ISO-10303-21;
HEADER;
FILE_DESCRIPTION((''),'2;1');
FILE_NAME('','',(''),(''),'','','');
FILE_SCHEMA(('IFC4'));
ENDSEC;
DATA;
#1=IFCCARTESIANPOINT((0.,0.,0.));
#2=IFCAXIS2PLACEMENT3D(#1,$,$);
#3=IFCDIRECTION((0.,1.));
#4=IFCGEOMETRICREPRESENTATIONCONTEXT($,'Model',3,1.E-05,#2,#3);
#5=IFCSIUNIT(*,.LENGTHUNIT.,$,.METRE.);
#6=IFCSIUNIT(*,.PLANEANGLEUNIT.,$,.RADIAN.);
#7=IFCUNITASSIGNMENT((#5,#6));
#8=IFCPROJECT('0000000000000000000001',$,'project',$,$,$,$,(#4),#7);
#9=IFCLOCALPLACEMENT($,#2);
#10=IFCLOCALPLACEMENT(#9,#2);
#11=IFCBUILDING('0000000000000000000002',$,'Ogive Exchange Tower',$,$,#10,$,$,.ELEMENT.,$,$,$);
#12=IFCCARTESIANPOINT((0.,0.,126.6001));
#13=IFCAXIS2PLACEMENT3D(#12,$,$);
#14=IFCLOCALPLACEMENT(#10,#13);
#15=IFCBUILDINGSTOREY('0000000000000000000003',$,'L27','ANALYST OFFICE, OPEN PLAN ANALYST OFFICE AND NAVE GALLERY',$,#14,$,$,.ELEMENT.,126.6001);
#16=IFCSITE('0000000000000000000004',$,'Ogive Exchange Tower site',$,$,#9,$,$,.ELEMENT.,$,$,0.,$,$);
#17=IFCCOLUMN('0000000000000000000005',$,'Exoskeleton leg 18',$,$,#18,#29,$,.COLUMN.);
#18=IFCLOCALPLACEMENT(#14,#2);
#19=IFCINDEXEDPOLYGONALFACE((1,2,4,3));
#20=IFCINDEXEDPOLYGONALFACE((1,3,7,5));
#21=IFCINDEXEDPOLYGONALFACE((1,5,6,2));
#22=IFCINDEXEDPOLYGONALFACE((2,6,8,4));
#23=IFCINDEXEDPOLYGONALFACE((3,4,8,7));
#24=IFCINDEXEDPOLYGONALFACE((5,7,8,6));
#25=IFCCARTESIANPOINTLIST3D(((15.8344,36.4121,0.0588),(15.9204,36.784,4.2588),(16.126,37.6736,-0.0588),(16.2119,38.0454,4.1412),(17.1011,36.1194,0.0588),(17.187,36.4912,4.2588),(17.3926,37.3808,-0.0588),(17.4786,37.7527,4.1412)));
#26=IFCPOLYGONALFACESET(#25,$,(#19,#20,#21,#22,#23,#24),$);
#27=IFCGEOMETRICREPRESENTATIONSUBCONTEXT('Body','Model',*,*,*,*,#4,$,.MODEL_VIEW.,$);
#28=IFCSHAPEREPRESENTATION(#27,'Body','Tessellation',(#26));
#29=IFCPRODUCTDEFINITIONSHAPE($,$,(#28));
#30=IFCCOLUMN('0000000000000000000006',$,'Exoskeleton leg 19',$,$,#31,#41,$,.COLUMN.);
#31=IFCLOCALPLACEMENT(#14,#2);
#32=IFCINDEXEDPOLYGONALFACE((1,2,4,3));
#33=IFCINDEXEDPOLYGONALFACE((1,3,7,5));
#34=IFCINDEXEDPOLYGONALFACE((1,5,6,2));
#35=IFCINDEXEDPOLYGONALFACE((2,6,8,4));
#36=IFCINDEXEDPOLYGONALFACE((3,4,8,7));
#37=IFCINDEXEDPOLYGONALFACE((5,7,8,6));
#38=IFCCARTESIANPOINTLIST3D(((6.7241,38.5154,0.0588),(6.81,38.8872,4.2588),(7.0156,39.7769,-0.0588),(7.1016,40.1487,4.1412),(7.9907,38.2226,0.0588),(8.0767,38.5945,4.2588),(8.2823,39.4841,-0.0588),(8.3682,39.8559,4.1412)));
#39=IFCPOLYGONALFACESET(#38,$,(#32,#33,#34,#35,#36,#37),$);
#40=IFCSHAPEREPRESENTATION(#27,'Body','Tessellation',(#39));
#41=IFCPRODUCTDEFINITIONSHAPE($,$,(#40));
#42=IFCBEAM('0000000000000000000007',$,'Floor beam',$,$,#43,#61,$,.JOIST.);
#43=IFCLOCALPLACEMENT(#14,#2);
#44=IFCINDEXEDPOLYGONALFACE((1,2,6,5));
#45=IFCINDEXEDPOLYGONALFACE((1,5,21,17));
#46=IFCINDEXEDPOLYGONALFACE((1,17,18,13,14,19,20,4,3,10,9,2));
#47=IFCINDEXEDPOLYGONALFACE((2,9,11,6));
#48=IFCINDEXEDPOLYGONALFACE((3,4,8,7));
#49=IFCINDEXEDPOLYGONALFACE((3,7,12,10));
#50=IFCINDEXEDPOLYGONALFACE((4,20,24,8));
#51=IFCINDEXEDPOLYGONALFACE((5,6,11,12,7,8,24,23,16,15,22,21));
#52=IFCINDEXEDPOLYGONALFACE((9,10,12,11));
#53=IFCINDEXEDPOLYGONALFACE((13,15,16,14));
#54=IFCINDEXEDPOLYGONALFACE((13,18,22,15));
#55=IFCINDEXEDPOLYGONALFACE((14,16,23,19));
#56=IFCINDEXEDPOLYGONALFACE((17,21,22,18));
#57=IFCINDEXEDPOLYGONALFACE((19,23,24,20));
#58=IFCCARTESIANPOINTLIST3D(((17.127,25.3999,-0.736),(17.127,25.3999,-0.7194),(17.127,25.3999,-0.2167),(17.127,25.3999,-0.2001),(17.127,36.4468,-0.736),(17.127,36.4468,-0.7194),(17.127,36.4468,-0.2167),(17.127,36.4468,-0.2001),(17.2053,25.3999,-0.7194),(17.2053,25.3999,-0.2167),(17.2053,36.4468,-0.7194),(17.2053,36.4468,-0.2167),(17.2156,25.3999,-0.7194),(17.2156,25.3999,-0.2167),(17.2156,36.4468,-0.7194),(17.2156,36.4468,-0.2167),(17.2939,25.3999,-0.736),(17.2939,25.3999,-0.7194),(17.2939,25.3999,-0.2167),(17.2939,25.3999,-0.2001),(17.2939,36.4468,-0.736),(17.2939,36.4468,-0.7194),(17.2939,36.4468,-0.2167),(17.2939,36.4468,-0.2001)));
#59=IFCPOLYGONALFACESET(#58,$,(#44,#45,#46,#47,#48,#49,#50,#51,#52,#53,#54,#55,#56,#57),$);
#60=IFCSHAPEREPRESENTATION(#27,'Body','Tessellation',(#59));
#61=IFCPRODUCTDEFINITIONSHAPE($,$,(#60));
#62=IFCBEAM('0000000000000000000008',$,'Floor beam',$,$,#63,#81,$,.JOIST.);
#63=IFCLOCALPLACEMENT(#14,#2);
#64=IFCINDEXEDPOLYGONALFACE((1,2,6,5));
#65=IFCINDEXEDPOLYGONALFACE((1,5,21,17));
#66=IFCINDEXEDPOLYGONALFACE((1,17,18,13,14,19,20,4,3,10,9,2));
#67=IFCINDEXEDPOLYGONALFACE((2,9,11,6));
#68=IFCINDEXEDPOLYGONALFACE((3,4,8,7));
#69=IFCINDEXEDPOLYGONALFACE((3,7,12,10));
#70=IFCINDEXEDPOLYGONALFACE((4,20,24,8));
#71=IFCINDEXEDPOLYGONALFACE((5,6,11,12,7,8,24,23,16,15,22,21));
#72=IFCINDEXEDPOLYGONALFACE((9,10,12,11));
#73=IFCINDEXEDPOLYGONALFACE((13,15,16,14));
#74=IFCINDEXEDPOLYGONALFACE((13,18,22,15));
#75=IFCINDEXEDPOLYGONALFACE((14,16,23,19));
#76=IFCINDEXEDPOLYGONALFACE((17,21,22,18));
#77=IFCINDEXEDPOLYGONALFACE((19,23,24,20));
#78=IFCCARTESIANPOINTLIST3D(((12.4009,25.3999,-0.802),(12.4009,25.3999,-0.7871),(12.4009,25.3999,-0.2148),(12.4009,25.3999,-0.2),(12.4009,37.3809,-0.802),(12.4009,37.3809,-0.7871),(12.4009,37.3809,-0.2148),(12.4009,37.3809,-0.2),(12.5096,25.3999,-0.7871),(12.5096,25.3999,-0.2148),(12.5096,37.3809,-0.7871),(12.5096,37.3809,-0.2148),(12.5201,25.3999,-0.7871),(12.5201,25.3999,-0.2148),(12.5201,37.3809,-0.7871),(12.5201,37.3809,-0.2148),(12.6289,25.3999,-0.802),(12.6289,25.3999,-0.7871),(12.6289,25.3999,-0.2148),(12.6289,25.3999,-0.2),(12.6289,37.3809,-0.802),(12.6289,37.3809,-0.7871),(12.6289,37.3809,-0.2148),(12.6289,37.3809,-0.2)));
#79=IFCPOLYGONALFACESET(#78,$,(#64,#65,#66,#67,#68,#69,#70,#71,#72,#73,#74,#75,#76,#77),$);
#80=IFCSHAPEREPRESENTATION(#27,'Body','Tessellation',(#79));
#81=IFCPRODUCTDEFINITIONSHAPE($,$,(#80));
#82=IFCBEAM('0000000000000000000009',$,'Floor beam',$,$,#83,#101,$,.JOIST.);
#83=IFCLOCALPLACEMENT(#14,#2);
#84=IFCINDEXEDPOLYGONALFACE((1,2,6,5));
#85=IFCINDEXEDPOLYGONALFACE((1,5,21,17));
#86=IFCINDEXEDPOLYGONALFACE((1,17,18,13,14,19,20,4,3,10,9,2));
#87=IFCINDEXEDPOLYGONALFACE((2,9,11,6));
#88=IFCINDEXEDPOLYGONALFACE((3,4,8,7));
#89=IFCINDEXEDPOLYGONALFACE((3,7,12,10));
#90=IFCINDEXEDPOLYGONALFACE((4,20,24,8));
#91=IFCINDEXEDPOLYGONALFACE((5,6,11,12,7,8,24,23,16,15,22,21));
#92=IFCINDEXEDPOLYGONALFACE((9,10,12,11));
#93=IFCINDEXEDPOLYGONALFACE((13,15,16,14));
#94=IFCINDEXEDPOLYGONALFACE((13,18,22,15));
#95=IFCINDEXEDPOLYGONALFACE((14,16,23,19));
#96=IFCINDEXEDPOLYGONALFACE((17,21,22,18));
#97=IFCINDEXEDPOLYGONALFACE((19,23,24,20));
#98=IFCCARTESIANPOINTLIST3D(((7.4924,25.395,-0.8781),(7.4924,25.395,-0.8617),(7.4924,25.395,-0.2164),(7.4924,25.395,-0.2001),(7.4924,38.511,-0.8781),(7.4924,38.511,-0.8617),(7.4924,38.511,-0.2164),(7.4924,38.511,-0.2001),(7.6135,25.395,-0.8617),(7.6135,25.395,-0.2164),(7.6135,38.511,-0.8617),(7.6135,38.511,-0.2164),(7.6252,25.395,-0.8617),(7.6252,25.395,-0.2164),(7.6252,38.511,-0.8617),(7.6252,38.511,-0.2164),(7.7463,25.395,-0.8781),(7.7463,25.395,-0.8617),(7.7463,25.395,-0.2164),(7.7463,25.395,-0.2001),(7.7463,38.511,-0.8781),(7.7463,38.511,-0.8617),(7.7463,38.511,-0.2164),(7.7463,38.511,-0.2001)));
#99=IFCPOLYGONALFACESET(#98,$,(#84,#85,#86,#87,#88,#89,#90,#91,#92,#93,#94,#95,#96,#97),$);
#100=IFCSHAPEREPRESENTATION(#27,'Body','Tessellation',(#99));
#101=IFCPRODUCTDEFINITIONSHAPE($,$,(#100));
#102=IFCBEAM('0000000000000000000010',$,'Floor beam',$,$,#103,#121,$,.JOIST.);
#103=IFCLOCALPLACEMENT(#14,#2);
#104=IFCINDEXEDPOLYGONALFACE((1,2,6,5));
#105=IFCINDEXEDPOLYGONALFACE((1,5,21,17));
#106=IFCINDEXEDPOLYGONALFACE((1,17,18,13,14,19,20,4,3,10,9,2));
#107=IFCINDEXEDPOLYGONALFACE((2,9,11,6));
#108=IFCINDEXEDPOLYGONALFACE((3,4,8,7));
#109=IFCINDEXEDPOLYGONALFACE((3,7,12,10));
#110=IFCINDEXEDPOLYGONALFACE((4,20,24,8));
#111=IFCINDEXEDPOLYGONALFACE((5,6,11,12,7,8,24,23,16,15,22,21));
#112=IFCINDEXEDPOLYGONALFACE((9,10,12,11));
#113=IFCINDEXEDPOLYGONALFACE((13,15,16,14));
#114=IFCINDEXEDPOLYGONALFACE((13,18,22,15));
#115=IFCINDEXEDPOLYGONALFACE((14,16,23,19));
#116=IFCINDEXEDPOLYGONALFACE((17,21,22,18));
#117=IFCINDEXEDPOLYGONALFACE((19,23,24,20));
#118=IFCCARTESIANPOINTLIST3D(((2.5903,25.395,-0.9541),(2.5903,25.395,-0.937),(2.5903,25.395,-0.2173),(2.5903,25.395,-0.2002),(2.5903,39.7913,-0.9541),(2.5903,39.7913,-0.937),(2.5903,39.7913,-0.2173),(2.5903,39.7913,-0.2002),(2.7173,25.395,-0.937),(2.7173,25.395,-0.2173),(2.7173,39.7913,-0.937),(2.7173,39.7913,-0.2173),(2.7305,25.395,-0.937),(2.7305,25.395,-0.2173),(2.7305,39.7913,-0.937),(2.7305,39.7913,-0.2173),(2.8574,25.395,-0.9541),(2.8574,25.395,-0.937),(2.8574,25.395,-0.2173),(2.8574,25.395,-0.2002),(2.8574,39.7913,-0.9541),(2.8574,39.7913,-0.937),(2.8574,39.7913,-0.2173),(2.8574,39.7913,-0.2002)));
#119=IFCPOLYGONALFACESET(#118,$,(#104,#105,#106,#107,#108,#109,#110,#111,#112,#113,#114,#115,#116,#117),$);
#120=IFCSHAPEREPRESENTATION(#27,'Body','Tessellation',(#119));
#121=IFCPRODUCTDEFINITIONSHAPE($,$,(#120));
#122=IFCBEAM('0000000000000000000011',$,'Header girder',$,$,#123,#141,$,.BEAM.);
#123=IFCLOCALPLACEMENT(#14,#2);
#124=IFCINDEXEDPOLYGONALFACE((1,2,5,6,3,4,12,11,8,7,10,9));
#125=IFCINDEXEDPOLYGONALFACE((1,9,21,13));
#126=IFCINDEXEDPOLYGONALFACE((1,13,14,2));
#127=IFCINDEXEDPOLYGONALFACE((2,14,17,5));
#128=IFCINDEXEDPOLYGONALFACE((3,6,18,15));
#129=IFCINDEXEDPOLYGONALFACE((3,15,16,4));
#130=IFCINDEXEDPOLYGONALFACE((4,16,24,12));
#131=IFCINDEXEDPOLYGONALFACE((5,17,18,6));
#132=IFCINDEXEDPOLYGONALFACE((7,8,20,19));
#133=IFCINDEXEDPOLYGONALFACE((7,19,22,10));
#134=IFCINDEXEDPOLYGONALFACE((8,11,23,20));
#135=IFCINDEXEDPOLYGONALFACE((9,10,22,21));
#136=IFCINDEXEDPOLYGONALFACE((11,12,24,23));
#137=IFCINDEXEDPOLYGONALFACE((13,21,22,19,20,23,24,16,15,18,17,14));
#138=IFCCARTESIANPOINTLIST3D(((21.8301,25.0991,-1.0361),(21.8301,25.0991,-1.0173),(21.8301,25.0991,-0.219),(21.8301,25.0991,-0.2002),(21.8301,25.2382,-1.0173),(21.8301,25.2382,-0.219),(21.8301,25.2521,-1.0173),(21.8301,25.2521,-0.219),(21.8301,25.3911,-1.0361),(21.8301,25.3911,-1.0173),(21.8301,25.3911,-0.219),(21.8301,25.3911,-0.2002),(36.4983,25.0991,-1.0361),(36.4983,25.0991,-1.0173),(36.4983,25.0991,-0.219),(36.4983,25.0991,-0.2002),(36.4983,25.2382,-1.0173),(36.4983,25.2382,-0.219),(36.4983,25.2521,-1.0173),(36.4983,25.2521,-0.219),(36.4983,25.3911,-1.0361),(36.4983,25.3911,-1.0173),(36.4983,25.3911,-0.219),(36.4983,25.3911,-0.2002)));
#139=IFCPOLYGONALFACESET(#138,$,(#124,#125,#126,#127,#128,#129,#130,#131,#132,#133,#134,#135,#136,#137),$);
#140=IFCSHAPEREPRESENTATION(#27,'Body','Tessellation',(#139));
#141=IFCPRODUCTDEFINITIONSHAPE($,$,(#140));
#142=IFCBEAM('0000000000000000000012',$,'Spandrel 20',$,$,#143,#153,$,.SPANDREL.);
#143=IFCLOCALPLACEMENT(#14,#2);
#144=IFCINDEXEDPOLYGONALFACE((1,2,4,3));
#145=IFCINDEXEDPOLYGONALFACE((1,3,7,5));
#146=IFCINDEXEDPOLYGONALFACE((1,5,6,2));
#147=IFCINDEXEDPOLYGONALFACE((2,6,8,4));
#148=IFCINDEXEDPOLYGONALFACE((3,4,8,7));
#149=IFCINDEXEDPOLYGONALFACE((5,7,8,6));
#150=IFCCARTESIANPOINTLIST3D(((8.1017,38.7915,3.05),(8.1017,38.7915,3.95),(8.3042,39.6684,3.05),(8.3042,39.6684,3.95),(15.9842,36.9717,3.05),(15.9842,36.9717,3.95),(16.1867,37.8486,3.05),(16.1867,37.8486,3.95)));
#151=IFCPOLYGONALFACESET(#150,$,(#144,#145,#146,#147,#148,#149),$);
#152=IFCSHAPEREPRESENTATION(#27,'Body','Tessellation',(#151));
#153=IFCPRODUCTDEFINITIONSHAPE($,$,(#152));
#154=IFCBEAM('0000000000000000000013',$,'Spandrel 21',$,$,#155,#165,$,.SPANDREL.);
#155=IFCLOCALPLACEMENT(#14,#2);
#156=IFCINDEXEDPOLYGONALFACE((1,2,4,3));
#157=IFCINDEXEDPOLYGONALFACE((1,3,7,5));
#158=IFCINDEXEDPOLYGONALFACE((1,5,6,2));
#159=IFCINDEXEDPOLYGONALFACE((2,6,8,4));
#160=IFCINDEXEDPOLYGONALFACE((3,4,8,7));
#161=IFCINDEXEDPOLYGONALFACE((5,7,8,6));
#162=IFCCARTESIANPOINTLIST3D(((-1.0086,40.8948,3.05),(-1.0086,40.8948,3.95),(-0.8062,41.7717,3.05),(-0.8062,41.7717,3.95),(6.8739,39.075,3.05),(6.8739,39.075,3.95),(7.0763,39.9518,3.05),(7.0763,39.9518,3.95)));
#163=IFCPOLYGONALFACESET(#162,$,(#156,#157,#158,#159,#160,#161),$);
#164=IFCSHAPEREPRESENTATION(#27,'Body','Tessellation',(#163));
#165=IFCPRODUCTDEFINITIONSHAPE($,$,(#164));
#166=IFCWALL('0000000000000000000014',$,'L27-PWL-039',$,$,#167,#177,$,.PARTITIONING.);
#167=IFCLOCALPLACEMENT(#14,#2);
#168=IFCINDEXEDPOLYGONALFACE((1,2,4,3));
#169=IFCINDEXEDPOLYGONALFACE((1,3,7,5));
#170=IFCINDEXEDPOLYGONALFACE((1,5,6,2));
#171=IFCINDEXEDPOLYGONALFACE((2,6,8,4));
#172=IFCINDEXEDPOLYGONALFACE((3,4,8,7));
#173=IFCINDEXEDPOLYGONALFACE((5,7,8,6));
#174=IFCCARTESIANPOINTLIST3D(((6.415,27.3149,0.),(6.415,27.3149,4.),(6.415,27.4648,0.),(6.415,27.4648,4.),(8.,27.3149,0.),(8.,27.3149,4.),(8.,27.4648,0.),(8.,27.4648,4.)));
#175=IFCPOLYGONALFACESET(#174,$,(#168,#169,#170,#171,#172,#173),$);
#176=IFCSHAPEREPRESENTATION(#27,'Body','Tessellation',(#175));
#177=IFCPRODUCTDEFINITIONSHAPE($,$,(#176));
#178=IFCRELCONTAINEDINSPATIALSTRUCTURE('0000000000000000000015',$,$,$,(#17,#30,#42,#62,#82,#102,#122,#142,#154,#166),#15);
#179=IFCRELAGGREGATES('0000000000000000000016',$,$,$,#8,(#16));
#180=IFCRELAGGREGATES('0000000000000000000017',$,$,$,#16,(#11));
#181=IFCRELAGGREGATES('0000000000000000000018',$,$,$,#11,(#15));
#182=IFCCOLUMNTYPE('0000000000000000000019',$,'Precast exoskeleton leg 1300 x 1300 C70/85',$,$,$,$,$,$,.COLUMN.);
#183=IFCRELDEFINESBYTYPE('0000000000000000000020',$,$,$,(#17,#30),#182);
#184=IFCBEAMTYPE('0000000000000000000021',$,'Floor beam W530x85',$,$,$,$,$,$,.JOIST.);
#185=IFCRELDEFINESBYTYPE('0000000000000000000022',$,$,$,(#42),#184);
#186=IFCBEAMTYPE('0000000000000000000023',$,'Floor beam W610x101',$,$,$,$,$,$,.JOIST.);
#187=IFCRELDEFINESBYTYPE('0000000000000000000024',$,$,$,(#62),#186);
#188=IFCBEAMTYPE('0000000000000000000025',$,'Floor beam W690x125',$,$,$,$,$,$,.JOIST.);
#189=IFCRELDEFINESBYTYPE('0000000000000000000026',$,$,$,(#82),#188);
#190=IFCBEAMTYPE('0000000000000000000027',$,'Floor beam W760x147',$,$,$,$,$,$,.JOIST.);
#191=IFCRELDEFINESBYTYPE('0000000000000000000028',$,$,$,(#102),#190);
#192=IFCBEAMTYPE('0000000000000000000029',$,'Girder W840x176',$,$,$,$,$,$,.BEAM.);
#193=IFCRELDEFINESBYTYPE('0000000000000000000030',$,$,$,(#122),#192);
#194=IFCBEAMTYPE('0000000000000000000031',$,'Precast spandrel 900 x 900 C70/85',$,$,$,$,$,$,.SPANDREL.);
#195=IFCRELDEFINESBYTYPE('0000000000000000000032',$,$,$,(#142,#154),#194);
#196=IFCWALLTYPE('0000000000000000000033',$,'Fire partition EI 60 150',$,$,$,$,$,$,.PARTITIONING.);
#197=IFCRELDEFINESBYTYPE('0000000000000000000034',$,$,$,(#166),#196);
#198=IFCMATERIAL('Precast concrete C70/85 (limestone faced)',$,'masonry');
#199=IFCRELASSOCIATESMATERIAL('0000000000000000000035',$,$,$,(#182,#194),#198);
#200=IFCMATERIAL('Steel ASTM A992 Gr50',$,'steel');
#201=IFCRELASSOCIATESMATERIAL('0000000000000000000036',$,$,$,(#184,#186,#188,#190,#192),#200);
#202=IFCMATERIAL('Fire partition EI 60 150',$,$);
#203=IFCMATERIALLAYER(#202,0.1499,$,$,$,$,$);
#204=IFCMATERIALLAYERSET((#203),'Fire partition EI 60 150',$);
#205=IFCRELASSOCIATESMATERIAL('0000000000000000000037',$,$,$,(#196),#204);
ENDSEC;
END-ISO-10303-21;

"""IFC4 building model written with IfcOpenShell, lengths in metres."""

from ifc_helpers import new_model, si_unit, direction, frame, frame_2d, origin, origin_2d, place, context, subcontext, project, spatial, rectangle, i_section, extrude, material, layer, layer_set, material_profile, profile_set, type_object, element, save


model = new_model("IFC4")

# Units and contexts
model_context = context("Model", 3, precision=1e-05, world=origin(), true_north=direction((0.0, 1.0)))
body_context = subcontext(model_context, "Body", "Model", "MODEL_VIEW")
ifc_project = project(units=[si_unit("LENGTHUNIT", "METRE"), si_unit("PLANEANGLEUNIT", "RADIAN")], contexts=[model_context])

# Site, building, storey
site_placement = place(None, origin())
site = spatial("IfcSite", under=ifc_project, at=site_placement, Name="Ogive Exchange Tower site", CompositionType="ELEMENT", RefElevation=0.0)
building_placement = place(site_placement, origin())
building = spatial("IfcBuilding", under=site, at=building_placement, Name="Ogive Exchange Tower", CompositionType="ELEMENT")
storey_placement = place(building_placement, frame((0.0, 0.0, 126.6001)))
storey = spatial("IfcBuildingStorey", under=building, at=storey_placement, Name="L27", Description="ANALYST OFFICE, OPEN PLAN ANALYST OFFICE AND NAVE GALLERY", CompositionType="ELEMENT", Elevation=126.6001)

# Columns
ifc_material_1 = material(Name="Precast concrete C70/85 (limestone faced)", Category="masonry")
ifc_material_profile_1 = material_profile(ifc_material_1, rectangle(XDim=1.3, YDim=1.3, at=origin_2d()), Name="1300 x 1300")
ifc_profile_set_1 = profile_set([ifc_material_profile_1], Name="Precast concrete C70/85 (limestone faced)")
column_type = type_object("IfcColumnType", Name="Precast exoskeleton leg 1300 x 1300 C70/85", PredefinedType="COLUMN", material=ifc_profile_set_1)
for number, where, z_axis, x_axis, name in (
    (1, (16.6135, 36.8965, 0.0), (0.020378, 0.088168, 0.995897), (-0.974316, 0.225187, 0.0), "Exoskeleton leg 18"),
    (2, (7.5032, 38.9998, 0.0), (0.020378, 0.088168, 0.995897), (-0.974316, 0.225187, 0.0), "Exoskeleton leg 19"),
):
    element("IfcColumn", number, at=place(storey_placement, frame(where, z_axis=z_axis, x_axis=x_axis)), inside=storey, type_object=column_type, Name=name, PredefinedType="COLUMN", context=body_context, shape_type="SweptSolid", body=[
        extrude(rectangle(XDim=1.3, YDim=1.3, at=origin_2d()), origin(), (0.0, 0.0, 1.0), 4.2173),
    ])

# Beams
ifc_material_2 = material(Name="Steel ASTM A992 Gr50", Category="steel")
ifc_material_profile_2 = material_profile(ifc_material_2, i_section(OverallWidth=0.167, OverallDepth=0.5359, WebThickness=0.0103, FlangeThickness=0.0166, at=origin_2d()), Name="W530x85")
ifc_profile_set_2 = profile_set([ifc_material_profile_2], Name="Steel ASTM A992 Gr50")
beam_type_1 = type_object("IfcBeamType", Name="Floor beam W530x85", PredefinedType="JOIST", material=ifc_profile_set_2)
beam_1_placement = place(storey_placement, frame((17.2104, 25.3999, -0.468), z_axis=(0.0, 1.0, 0.0), x_axis=(-1.0, 0.0, 0.0)))
element("IfcBeam", 3, at=beam_1_placement, inside=storey, type_object=beam_type_1, Name="Floor beam", PredefinedType="JOIST", context=body_context, shape_type="SweptSolid", body=[
    extrude(i_section(OverallWidth=0.167, OverallDepth=0.5359, WebThickness=0.0103, FlangeThickness=0.0166, at=origin_2d()), origin(), (0.0, 0.0, 1.0), 11.0469),
])
ifc_material_profile_3 = material_profile(ifc_material_2, i_section(OverallWidth=0.228, OverallDepth=0.6021, WebThickness=0.0105, FlangeThickness=0.0149, at=origin_2d()), Name="W610x101")
ifc_profile_set_3 = profile_set([ifc_material_profile_3], Name="Steel ASTM A992 Gr50")
beam_type_2 = type_object("IfcBeamType", Name="Floor beam W610x101", PredefinedType="JOIST", material=ifc_profile_set_3)
beam_2_placement = place(storey_placement, frame((12.5149, 25.3999, -0.501), z_axis=(0.0, 1.0, 0.0), x_axis=(-1.0, 0.0, 0.0)))
element("IfcBeam", 4, at=beam_2_placement, inside=storey, type_object=beam_type_2, Name="Floor beam", PredefinedType="JOIST", context=body_context, shape_type="SweptSolid", body=[
    extrude(i_section(OverallWidth=0.228, OverallDepth=0.6021, WebThickness=0.0105, FlangeThickness=0.0149, at=origin_2d()), origin(), (0.0, 0.0, 1.0), 11.981),
])
ifc_material_profile_4 = material_profile(ifc_material_2, i_section(OverallWidth=0.2539, OverallDepth=0.678, WebThickness=0.0117, FlangeThickness=0.0164, at=origin_2d()), Name="W690x125")
ifc_profile_set_4 = profile_set([ifc_material_profile_4], Name="Steel ASTM A992 Gr50")
beam_type_3 = type_object("IfcBeamType", Name="Floor beam W690x125", PredefinedType="JOIST", material=ifc_profile_set_4)
beam_3_placement = place(storey_placement, frame((7.6194, 25.395, -0.5391), z_axis=(0.0, 1.0, 0.0), x_axis=(-1.0, 0.0, 0.0)))
element("IfcBeam", 5, at=beam_3_placement, inside=storey, type_object=beam_type_3, Name="Floor beam", PredefinedType="JOIST", context=body_context, shape_type="SweptSolid", body=[
    extrude(i_section(OverallWidth=0.2539, OverallDepth=0.678, WebThickness=0.0117, FlangeThickness=0.0164, at=origin_2d()), origin(), (0.0, 0.0, 1.0), 13.116),
])
ifc_material_profile_5 = material_profile(ifc_material_2, i_section(OverallWidth=0.2671, OverallDepth=0.7539, WebThickness=0.0132, FlangeThickness=0.0171, at=origin_2d()), Name="W760x147")
ifc_profile_set_5 = profile_set([ifc_material_profile_5], Name="Steel ASTM A992 Gr50")
beam_type_4 = type_object("IfcBeamType", Name="Floor beam W760x147", PredefinedType="JOIST", material=ifc_profile_set_5)
beam_4_placement = place(storey_placement, frame((2.7239, 25.395, -0.5771), z_axis=(0.0, 1.0, 0.0), x_axis=(-1.0, 0.0, 0.0)))
element("IfcBeam", 6, at=beam_4_placement, inside=storey, type_object=beam_type_4, Name="Floor beam", PredefinedType="JOIST", context=body_context, shape_type="SweptSolid", body=[
    extrude(i_section(OverallWidth=0.2671, OverallDepth=0.7539, WebThickness=0.0132, FlangeThickness=0.0171, at=origin_2d()), origin(), (0.0, 0.0, 1.0), 14.3962),
])
ifc_material_profile_6 = material_profile(ifc_material_2, i_section(OverallWidth=0.292, OverallDepth=0.8359, WebThickness=0.0139, FlangeThickness=0.0188, at=origin_2d()), Name="W840x176")
ifc_profile_set_6 = profile_set([ifc_material_profile_6], Name="Steel ASTM A992 Gr50")
beam_type_5 = type_object("IfcBeamType", Name="Girder W840x176", PredefinedType="BEAM", material=ifc_profile_set_6)
beam_5_placement = place(storey_placement, frame((21.8301, 25.2451, -0.6182), z_axis=(1.0, 0.0, 0.0), x_axis=(0.0, 1.0, 0.0)))
element("IfcBeam", 7, at=beam_5_placement, inside=storey, type_object=beam_type_5, Name="Header girder", PredefinedType="BEAM", context=body_context, shape_type="SweptSolid", body=[
    extrude(i_section(OverallWidth=0.292, OverallDepth=0.8359, WebThickness=0.0139, FlangeThickness=0.0188, at=origin_2d()), origin(), (0.0, 0.0, 1.0), 14.6682),
])
ifc_material_profile_7 = material_profile(ifc_material_1, rectangle(XDim=0.8999, YDim=0.8999, at=origin_2d()), Name="900 x 900")
ifc_profile_set_7 = profile_set([ifc_material_profile_7], Name="Precast concrete C70/85 (limestone faced)")
beam_type_6 = type_object("IfcBeamType", Name="Precast spandrel 900 x 900 C70/85", PredefinedType="SPANDREL", material=ifc_profile_set_7)
for number, where, z_axis, x_axis, name in (
    (8, (16.0854, 37.4102, 3.5), (-0.97437, 0.22495, 0.0), (-0.22495, -0.97437, 0.0), "Spandrel 20"),
    (9, (6.9751, 39.5134, 3.5), (-0.97437, 0.22495, 0.0), (-0.22495, -0.97437, 0.0), "Spandrel 21"),
):
    element("IfcBeam", number, at=place(storey_placement, frame(where, z_axis=z_axis, x_axis=x_axis)), inside=storey, type_object=beam_type_6, Name=name, PredefinedType="SPANDREL", context=body_context, shape_type="SweptSolid", body=[
        extrude(rectangle(XDim=0.8999, YDim=0.8999, at=origin_2d()), origin(), (0.0, 0.0, 1.0), 8.0898),
    ])

# Wall
ifc_material_3 = material(Name="Fire partition EI 60 150")
ifc_layer_1 = layer(ifc_material_3, 0.1499)
ifc_layer_set_1 = layer_set([ifc_layer_1], Name="Fire partition EI 60 150")
wall_type_1 = type_object("IfcWallType", Name="Fire partition EI 60 150", PredefinedType="PARTITIONING", material=ifc_layer_set_1)
wall_1_placement = place(storey_placement, frame((6.415, 27.3899, 0.0), z_axis=(0.0, 0.0, 1.0), x_axis=(1.0, 0.0, 0.0)))
element("IfcWall", 10, at=wall_1_placement, inside=storey, type_object=wall_type_1, Name="L27-PWL-039", PredefinedType="PARTITIONING", context=body_context, shape_type="SweptSolid", body=[
    extrude(rectangle(XDim=1.585, YDim=0.1499, at=frame_2d((0.7925, 0.0))), origin(), (0.0, 0.0, 1.0), 4.0),
])

save(model, "model.ifc")
